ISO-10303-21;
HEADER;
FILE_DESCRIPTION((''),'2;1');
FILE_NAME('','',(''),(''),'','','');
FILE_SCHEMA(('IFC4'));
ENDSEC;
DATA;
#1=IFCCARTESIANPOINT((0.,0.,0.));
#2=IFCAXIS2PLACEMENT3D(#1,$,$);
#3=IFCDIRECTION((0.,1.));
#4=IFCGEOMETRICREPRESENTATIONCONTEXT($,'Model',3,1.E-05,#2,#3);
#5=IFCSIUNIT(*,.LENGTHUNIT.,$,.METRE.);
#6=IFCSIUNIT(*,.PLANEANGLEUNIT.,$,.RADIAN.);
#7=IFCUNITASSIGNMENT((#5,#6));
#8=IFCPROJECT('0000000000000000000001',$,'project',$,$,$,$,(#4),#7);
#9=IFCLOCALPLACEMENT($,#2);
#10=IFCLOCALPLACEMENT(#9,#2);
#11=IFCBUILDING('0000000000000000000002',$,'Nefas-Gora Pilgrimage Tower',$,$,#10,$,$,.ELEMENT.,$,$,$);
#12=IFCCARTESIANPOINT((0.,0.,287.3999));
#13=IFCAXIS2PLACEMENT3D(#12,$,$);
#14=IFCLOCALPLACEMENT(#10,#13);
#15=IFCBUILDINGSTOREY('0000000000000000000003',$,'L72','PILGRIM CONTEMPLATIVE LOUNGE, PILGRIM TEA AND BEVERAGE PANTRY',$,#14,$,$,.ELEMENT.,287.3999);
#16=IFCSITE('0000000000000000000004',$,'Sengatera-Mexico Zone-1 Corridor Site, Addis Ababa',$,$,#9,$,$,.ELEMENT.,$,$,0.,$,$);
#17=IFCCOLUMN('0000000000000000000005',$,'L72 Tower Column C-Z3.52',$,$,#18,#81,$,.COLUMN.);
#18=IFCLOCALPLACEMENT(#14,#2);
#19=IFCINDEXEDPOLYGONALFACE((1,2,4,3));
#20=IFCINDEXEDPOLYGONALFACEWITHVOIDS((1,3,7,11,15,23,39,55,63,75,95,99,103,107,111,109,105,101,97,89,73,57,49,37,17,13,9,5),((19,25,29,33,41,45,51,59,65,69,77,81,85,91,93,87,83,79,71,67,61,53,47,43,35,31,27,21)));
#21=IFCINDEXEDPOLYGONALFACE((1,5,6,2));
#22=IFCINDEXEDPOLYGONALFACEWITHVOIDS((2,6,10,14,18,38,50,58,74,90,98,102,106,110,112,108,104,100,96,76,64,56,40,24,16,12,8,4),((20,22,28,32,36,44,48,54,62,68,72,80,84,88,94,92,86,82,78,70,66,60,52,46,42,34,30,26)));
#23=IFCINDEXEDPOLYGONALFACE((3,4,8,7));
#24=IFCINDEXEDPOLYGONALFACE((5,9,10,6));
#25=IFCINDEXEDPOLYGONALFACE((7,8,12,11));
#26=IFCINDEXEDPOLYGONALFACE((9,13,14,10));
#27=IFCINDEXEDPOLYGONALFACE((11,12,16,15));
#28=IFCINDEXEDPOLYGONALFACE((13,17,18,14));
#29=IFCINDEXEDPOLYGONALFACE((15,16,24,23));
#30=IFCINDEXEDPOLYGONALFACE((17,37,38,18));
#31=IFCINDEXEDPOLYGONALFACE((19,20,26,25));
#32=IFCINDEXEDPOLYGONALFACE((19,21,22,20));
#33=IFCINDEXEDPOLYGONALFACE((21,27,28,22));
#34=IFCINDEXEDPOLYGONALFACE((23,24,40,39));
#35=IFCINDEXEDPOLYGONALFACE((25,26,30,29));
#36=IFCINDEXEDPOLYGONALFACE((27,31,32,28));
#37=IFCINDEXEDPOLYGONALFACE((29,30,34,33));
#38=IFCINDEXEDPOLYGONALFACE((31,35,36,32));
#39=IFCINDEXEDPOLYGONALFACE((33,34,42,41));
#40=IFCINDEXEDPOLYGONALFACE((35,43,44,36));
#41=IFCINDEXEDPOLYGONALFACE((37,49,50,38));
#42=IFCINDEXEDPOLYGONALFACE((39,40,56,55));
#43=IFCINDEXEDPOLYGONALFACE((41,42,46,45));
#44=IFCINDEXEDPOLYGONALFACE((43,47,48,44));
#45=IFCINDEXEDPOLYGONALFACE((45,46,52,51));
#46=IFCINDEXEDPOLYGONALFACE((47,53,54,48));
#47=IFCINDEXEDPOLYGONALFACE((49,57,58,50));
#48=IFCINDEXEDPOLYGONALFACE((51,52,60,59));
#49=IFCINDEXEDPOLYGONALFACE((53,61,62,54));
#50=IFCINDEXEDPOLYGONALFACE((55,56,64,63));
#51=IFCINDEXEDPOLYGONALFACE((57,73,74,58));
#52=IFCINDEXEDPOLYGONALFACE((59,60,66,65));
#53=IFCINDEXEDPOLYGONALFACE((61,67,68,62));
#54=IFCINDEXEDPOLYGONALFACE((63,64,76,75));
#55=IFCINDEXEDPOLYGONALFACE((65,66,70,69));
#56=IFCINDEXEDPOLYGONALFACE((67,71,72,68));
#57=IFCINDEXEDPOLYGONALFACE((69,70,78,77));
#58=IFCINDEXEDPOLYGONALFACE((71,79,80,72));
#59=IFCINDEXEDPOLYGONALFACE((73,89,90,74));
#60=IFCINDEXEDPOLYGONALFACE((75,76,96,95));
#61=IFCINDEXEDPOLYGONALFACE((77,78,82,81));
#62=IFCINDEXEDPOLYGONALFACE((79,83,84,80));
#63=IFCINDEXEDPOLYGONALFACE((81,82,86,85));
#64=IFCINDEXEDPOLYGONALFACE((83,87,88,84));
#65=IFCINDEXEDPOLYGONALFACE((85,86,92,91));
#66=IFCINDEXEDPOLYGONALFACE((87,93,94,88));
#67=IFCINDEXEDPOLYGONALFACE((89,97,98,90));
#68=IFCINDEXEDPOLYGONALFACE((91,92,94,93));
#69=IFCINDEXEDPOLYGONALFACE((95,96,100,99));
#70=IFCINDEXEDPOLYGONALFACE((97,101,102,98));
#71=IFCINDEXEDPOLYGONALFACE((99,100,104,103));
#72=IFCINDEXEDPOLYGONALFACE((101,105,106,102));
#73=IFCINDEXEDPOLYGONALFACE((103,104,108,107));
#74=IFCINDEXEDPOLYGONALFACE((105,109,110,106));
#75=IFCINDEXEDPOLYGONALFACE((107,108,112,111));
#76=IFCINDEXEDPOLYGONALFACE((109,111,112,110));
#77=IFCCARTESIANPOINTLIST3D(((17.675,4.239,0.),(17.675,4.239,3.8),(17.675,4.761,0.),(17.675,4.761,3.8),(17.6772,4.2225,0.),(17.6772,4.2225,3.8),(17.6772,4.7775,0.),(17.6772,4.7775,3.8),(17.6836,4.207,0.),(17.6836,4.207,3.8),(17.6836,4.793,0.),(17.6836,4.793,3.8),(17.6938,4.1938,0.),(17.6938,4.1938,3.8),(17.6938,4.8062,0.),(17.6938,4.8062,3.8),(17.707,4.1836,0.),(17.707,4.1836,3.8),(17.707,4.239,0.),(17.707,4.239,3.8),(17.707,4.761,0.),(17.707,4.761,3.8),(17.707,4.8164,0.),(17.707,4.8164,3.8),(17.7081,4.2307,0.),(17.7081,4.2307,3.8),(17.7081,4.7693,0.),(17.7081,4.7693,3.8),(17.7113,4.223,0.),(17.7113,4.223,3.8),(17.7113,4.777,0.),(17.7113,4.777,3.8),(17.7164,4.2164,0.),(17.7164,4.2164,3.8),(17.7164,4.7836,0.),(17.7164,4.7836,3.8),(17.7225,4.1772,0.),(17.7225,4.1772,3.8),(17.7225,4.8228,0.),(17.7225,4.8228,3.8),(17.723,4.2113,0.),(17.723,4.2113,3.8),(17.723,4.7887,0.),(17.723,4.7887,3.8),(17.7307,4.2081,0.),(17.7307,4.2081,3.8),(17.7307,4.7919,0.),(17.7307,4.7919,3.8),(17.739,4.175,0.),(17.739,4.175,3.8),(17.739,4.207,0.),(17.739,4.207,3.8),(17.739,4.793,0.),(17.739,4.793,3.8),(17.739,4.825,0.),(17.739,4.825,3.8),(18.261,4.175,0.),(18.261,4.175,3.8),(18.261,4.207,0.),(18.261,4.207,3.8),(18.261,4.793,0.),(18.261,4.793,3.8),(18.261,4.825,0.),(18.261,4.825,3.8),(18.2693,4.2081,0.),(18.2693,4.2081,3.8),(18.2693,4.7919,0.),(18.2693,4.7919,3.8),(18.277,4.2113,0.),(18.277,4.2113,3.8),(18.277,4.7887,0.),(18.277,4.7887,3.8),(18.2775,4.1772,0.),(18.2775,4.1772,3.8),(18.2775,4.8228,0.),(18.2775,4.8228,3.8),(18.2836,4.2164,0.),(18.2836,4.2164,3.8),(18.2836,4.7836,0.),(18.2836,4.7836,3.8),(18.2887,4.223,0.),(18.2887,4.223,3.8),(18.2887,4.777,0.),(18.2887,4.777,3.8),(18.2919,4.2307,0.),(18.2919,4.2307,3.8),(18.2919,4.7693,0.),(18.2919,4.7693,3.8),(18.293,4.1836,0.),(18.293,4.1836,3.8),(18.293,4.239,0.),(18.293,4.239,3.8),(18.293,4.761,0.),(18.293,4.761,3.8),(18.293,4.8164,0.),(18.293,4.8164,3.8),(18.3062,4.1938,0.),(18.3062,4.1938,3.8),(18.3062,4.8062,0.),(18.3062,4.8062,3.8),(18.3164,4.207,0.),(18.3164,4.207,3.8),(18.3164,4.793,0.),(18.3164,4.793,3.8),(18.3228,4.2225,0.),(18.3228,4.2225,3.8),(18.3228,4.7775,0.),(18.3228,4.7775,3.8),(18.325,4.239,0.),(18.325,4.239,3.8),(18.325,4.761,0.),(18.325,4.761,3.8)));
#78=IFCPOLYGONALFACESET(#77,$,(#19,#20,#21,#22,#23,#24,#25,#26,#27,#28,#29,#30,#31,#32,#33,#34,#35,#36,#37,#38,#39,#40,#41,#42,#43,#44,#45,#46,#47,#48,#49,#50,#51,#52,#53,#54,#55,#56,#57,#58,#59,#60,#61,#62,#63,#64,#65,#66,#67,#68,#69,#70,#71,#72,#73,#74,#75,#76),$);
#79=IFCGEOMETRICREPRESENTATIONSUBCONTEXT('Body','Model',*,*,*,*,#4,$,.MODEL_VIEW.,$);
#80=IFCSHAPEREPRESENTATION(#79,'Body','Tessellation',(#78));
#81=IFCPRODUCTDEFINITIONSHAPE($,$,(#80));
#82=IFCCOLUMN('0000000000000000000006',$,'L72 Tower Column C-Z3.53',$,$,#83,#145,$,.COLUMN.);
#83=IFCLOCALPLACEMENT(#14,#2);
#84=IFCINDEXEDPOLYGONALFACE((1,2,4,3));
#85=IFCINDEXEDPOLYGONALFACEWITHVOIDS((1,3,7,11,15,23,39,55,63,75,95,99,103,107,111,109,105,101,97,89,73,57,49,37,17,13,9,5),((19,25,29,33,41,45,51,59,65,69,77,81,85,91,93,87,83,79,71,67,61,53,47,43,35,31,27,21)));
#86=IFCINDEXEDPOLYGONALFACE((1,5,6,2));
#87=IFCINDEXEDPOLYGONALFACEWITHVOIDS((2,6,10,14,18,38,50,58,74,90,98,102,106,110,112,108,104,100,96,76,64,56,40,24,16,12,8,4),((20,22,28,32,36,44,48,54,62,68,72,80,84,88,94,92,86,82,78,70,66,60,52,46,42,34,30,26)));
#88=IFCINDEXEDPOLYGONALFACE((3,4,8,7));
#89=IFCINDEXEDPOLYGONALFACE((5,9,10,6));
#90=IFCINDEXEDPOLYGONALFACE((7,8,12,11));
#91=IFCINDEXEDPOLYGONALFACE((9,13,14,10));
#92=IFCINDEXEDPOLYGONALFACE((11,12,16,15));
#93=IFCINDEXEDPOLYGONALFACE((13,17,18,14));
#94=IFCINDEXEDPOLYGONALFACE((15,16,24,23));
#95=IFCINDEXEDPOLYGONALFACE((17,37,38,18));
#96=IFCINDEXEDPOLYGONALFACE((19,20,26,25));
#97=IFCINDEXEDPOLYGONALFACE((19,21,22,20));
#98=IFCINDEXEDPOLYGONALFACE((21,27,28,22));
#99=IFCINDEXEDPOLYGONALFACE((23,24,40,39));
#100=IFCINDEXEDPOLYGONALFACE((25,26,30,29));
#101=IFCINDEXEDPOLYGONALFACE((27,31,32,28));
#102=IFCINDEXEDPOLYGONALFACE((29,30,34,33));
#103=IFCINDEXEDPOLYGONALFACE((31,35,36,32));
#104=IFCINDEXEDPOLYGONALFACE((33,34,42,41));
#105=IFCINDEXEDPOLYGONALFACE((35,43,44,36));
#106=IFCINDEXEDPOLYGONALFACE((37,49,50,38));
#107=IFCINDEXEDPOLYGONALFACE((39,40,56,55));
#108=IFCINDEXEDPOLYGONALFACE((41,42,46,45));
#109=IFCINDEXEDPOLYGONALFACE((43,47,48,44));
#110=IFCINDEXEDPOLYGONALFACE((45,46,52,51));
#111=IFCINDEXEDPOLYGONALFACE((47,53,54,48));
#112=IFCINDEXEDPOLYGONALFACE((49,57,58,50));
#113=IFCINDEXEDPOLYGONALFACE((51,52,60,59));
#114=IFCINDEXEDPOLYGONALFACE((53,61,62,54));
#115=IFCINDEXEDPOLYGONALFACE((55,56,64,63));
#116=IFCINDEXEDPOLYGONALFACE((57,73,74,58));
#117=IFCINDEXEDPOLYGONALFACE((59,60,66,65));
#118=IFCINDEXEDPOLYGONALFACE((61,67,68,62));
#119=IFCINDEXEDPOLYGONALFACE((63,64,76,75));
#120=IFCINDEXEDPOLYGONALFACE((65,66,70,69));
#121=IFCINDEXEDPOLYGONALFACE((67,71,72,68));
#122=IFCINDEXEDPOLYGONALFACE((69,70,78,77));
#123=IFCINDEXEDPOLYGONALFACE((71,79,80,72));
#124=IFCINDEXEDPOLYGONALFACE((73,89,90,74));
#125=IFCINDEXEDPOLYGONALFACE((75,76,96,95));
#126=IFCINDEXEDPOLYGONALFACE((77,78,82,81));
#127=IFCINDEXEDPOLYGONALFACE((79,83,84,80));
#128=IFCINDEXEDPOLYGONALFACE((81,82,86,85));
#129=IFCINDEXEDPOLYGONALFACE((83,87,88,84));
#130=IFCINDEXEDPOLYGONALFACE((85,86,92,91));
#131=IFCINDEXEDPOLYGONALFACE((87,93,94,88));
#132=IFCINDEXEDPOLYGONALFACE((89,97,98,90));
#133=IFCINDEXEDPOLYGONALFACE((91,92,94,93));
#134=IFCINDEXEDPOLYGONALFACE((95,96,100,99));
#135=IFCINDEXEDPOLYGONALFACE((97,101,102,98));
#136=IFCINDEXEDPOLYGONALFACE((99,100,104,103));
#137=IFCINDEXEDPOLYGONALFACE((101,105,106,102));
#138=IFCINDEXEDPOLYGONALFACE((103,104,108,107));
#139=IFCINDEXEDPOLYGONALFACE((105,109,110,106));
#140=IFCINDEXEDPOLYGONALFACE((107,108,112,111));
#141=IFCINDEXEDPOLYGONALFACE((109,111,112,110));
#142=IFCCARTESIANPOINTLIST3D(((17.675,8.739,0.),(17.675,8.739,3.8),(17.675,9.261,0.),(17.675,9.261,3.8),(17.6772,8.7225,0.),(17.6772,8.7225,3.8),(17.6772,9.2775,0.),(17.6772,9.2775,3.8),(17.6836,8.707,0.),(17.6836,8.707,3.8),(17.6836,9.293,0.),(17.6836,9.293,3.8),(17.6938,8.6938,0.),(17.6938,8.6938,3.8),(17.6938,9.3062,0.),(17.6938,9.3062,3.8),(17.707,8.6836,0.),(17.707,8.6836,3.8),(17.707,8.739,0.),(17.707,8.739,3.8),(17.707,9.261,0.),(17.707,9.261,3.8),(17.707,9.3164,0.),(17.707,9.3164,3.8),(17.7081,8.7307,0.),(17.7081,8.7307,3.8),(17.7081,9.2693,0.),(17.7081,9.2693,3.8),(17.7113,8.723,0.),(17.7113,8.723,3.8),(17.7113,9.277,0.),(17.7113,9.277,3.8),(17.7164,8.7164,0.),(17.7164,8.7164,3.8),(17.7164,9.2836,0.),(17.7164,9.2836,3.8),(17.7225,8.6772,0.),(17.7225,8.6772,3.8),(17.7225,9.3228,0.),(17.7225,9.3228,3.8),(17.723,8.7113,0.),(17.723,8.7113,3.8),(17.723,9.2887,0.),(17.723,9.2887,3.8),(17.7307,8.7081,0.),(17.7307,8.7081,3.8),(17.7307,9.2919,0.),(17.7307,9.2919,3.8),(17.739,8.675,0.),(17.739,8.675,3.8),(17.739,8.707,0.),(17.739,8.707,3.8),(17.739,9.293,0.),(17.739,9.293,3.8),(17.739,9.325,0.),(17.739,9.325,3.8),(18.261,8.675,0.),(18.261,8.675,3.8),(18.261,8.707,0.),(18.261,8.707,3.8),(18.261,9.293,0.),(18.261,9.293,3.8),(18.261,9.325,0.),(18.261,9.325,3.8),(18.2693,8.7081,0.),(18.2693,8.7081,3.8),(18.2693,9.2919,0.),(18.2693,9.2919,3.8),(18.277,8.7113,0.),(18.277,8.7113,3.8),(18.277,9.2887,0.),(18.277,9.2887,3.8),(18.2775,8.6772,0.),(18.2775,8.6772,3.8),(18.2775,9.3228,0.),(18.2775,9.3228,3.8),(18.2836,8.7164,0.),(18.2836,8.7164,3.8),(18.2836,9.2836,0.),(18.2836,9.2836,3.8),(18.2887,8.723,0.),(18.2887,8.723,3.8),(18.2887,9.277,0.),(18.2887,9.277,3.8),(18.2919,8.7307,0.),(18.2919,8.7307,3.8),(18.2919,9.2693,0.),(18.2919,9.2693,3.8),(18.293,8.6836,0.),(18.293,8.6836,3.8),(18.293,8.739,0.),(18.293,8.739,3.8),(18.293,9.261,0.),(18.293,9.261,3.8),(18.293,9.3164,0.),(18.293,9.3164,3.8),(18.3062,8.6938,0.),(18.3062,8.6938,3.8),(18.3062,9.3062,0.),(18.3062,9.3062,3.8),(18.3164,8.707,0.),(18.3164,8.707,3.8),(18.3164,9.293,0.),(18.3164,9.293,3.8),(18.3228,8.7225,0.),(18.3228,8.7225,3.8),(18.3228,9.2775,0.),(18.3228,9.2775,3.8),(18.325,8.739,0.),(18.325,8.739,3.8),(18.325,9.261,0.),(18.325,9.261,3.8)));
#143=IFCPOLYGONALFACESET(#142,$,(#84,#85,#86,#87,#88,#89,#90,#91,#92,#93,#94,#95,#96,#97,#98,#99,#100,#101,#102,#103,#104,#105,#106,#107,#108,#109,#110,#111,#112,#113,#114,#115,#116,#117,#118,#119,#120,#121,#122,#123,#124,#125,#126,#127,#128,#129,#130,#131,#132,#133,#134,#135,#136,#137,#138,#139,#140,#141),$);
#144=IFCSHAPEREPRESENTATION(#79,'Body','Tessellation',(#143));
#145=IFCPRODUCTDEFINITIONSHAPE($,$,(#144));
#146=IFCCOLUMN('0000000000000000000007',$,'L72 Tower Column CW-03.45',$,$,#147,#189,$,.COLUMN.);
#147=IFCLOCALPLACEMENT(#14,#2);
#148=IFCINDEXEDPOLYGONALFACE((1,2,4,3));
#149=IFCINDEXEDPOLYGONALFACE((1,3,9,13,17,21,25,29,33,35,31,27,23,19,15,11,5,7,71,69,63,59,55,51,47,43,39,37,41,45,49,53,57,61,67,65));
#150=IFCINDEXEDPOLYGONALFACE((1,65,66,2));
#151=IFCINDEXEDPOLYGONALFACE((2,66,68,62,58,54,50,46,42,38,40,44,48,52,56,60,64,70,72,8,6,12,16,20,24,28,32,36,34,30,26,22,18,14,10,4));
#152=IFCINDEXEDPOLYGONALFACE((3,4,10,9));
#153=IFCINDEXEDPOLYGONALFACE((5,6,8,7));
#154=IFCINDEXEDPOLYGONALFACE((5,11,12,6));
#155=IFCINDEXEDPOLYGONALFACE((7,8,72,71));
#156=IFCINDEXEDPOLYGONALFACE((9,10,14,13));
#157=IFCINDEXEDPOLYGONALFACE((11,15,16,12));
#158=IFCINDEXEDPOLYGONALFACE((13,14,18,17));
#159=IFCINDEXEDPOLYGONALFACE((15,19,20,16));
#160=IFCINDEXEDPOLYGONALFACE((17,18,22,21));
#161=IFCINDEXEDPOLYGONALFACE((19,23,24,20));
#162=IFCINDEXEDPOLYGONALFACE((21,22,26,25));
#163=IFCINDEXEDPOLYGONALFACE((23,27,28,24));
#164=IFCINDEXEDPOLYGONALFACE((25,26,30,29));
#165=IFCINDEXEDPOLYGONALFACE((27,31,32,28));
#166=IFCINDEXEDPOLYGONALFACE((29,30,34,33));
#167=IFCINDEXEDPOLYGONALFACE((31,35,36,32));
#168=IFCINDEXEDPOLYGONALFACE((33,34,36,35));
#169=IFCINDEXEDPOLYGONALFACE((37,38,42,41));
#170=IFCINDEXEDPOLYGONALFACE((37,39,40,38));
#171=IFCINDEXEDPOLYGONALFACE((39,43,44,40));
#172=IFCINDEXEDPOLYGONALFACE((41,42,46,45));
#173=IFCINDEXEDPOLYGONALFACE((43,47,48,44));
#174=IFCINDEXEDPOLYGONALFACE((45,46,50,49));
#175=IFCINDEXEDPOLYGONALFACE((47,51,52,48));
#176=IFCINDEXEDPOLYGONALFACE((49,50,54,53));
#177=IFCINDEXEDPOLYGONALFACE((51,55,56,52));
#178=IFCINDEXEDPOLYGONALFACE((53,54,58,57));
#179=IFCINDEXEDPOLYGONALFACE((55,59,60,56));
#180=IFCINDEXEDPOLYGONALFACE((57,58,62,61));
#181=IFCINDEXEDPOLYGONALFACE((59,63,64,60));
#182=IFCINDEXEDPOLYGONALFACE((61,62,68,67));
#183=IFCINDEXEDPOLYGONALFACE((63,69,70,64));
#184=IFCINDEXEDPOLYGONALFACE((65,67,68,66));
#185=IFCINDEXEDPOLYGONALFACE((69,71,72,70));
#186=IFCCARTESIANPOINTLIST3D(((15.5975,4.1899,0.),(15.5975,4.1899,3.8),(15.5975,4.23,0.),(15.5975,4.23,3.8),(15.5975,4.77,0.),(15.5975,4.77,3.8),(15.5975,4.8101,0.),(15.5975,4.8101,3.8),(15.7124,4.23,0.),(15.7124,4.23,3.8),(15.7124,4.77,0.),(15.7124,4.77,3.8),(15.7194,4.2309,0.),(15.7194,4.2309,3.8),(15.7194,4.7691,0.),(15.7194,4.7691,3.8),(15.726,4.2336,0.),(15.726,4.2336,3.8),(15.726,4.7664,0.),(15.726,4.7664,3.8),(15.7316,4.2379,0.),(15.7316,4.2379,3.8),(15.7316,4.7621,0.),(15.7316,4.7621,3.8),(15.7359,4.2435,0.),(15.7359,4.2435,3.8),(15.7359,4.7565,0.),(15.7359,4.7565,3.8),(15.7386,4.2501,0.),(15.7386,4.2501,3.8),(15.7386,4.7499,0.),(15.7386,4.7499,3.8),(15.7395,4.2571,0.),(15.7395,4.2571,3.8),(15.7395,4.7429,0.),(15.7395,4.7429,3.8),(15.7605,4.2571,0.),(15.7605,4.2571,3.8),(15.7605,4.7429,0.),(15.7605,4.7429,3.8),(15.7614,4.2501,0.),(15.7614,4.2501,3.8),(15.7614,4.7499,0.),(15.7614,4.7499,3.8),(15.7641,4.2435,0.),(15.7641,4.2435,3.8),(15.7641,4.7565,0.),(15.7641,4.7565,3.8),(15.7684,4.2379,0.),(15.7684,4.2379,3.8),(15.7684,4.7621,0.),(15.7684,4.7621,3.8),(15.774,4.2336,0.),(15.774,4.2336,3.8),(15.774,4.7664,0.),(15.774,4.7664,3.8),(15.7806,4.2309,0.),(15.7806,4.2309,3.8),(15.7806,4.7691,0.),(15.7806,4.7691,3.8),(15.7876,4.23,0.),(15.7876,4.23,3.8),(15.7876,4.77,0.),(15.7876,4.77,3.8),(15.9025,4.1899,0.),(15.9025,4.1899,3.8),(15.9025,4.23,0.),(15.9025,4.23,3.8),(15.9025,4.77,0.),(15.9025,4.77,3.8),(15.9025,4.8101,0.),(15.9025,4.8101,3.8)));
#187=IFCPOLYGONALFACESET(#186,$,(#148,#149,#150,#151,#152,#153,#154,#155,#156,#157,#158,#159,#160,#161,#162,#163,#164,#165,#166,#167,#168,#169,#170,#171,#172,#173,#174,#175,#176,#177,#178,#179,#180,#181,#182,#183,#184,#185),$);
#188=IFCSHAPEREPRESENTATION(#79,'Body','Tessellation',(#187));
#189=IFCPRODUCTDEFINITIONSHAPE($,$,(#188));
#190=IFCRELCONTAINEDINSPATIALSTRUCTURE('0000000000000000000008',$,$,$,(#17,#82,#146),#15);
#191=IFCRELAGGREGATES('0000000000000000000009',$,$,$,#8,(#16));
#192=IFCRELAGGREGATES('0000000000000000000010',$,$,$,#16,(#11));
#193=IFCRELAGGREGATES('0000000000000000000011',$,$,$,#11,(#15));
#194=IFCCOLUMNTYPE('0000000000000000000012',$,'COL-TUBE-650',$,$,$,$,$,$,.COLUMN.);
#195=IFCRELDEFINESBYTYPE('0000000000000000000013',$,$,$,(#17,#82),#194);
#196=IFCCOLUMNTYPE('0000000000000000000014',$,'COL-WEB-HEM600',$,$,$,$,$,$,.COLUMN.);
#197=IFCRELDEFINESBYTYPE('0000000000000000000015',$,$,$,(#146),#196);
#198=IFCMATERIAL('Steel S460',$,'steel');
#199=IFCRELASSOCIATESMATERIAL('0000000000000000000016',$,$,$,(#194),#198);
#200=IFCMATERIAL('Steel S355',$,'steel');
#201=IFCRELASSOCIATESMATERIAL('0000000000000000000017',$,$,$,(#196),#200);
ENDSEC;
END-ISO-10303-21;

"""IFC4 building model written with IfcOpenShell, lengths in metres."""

from ifc_helpers import new_model, si_unit, direction, frame, origin, origin_2d, place, context, subcontext, project, spatial, hollow_rectangle, i_section, extrude, source, transform, mapped, material, material_profile, profile_set, type_object, element, save


model = new_model("IFC4")

# Units and contexts
model_context = context("Model", 3, precision=1e-05, world=origin(), true_north=direction((0.0, 1.0)))
body_context = subcontext(model_context, "Body", "Model", "MODEL_VIEW")
ifc_project = project(units=[si_unit("LENGTHUNIT", "METRE"), si_unit("PLANEANGLEUNIT", "RADIAN")], contexts=[model_context])

# Site, building, storey
site_placement = place(None, origin())
site = spatial("IfcSite", under=ifc_project, at=site_placement, Name="Sengatera-Mexico Zone-1 Corridor Site, Addis Ababa", CompositionType="ELEMENT", RefElevation=0.0)
building_placement = place(site_placement, origin())
building = spatial("IfcBuilding", under=site, at=building_placement, Name="Nefas-Gora Pilgrimage Tower", CompositionType="ELEMENT")
storey_placement = place(building_placement, frame((0.0, 0.0, 287.3999)))
storey = spatial("IfcBuildingStorey", under=building, at=storey_placement, Name="L72", Description="PILGRIM CONTEMPLATIVE LOUNGE, PILGRIM TEA AND BEVERAGE PANTRY", CompositionType="ELEMENT", Elevation=287.3999)

# Columns
ifc_material_1 = material(Name="Steel S460", Category="steel")
ifc_material_profile_1 = material_profile(ifc_material_1, hollow_rectangle(XDim=0.6499, YDim=0.6499, WallThickness=0.032, InnerFilletRadius=0.032, OuterFilletRadius=0.064, at=origin_2d()), Name="BOX 650x650x32")
ifc_profile_set_1 = profile_set([ifc_material_profile_1], Name="Steel S460")
column_type_1 = type_object("IfcColumnType", Name="COL-TUBE-650", PredefinedType="COLUMN", material=ifc_profile_set_1)
shared_shape_1 = source(origin(), body_context, "Body", "SweptSolid", [
    extrude(hollow_rectangle(XDim=0.6499, YDim=0.6499, WallThickness=0.032, InnerFilletRadius=0.032, OuterFilletRadius=0.064, at=origin_2d()), origin(), (0.0, 0.0, 1.0), 3.8),
])
for number, where, z_axis, x_axis, name in (
    (1, (18.0, 4.5, 0.0), (0.0, 0.0, 1.0), (1.0, 0.0, 0.0), "L72 Tower Column C-Z3.52"),
    (2, (18.0, 9.0, 0.0), (0.0, 0.0, 1.0), (1.0, 0.0, 0.0), "L72 Tower Column C-Z3.53"),
):
    element("IfcColumn", number, at=place(storey_placement, frame(where, z_axis=z_axis, x_axis=x_axis)), inside=storey, type_object=column_type_1, Name=name, PredefinedType="COLUMN", context=body_context, shape_type="MappedRepresentation", body=[
        mapped(shared_shape_1, transform((0.0, 0.0, 0.0), x_axis=(1.0, 0.0, 0.0), y_axis=(0.0, 1.0, 0.0), z_axis=(0.0, 0.0, 1.0), scale=1.0)),
    ])
ifc_material_2 = material(Name="Steel S355", Category="steel")
ifc_material_profile_2 = material_profile(ifc_material_2, i_section(OverallWidth=0.3049, OverallDepth=0.6201, WebThickness=0.021, FlangeThickness=0.04, FilletRadius=0.0271, at=origin_2d()), Name="HEM 600")
ifc_profile_set_2 = profile_set([ifc_material_profile_2], Name="Steel S355")
column_type_2 = type_object("IfcColumnType", Name="COL-WEB-HEM600", PredefinedType="COLUMN", material=ifc_profile_set_2)
shared_shape_2 = source(origin(), body_context, "Body", "SweptSolid", [
    extrude(i_section(OverallWidth=0.3049, OverallDepth=0.6201, WebThickness=0.021, FlangeThickness=0.04, FilletRadius=0.0271, at=origin_2d()), origin(), (0.0, 0.0, 1.0), 3.8),
])
for number, where, z_axis, x_axis, name in (
    (3, (15.75, 4.5, 0.0), (0.0, 0.0, 1.0), (1.0, 0.0, 0.0), "L72 Tower Column CW-03.45"),
):
    element("IfcColumn", number, at=place(storey_placement, frame(where, z_axis=z_axis, x_axis=x_axis)), inside=storey, type_object=column_type_2, Name=name, PredefinedType="COLUMN", context=body_context, shape_type="MappedRepresentation", body=[
        mapped(shared_shape_2, transform((0.0, 0.0, 0.0), x_axis=(1.0, 0.0, 0.0), y_axis=(0.0, 1.0, 0.0), z_axis=(0.0, 0.0, 1.0), scale=1.0)),
    ])

save(model, "model.ifc")
